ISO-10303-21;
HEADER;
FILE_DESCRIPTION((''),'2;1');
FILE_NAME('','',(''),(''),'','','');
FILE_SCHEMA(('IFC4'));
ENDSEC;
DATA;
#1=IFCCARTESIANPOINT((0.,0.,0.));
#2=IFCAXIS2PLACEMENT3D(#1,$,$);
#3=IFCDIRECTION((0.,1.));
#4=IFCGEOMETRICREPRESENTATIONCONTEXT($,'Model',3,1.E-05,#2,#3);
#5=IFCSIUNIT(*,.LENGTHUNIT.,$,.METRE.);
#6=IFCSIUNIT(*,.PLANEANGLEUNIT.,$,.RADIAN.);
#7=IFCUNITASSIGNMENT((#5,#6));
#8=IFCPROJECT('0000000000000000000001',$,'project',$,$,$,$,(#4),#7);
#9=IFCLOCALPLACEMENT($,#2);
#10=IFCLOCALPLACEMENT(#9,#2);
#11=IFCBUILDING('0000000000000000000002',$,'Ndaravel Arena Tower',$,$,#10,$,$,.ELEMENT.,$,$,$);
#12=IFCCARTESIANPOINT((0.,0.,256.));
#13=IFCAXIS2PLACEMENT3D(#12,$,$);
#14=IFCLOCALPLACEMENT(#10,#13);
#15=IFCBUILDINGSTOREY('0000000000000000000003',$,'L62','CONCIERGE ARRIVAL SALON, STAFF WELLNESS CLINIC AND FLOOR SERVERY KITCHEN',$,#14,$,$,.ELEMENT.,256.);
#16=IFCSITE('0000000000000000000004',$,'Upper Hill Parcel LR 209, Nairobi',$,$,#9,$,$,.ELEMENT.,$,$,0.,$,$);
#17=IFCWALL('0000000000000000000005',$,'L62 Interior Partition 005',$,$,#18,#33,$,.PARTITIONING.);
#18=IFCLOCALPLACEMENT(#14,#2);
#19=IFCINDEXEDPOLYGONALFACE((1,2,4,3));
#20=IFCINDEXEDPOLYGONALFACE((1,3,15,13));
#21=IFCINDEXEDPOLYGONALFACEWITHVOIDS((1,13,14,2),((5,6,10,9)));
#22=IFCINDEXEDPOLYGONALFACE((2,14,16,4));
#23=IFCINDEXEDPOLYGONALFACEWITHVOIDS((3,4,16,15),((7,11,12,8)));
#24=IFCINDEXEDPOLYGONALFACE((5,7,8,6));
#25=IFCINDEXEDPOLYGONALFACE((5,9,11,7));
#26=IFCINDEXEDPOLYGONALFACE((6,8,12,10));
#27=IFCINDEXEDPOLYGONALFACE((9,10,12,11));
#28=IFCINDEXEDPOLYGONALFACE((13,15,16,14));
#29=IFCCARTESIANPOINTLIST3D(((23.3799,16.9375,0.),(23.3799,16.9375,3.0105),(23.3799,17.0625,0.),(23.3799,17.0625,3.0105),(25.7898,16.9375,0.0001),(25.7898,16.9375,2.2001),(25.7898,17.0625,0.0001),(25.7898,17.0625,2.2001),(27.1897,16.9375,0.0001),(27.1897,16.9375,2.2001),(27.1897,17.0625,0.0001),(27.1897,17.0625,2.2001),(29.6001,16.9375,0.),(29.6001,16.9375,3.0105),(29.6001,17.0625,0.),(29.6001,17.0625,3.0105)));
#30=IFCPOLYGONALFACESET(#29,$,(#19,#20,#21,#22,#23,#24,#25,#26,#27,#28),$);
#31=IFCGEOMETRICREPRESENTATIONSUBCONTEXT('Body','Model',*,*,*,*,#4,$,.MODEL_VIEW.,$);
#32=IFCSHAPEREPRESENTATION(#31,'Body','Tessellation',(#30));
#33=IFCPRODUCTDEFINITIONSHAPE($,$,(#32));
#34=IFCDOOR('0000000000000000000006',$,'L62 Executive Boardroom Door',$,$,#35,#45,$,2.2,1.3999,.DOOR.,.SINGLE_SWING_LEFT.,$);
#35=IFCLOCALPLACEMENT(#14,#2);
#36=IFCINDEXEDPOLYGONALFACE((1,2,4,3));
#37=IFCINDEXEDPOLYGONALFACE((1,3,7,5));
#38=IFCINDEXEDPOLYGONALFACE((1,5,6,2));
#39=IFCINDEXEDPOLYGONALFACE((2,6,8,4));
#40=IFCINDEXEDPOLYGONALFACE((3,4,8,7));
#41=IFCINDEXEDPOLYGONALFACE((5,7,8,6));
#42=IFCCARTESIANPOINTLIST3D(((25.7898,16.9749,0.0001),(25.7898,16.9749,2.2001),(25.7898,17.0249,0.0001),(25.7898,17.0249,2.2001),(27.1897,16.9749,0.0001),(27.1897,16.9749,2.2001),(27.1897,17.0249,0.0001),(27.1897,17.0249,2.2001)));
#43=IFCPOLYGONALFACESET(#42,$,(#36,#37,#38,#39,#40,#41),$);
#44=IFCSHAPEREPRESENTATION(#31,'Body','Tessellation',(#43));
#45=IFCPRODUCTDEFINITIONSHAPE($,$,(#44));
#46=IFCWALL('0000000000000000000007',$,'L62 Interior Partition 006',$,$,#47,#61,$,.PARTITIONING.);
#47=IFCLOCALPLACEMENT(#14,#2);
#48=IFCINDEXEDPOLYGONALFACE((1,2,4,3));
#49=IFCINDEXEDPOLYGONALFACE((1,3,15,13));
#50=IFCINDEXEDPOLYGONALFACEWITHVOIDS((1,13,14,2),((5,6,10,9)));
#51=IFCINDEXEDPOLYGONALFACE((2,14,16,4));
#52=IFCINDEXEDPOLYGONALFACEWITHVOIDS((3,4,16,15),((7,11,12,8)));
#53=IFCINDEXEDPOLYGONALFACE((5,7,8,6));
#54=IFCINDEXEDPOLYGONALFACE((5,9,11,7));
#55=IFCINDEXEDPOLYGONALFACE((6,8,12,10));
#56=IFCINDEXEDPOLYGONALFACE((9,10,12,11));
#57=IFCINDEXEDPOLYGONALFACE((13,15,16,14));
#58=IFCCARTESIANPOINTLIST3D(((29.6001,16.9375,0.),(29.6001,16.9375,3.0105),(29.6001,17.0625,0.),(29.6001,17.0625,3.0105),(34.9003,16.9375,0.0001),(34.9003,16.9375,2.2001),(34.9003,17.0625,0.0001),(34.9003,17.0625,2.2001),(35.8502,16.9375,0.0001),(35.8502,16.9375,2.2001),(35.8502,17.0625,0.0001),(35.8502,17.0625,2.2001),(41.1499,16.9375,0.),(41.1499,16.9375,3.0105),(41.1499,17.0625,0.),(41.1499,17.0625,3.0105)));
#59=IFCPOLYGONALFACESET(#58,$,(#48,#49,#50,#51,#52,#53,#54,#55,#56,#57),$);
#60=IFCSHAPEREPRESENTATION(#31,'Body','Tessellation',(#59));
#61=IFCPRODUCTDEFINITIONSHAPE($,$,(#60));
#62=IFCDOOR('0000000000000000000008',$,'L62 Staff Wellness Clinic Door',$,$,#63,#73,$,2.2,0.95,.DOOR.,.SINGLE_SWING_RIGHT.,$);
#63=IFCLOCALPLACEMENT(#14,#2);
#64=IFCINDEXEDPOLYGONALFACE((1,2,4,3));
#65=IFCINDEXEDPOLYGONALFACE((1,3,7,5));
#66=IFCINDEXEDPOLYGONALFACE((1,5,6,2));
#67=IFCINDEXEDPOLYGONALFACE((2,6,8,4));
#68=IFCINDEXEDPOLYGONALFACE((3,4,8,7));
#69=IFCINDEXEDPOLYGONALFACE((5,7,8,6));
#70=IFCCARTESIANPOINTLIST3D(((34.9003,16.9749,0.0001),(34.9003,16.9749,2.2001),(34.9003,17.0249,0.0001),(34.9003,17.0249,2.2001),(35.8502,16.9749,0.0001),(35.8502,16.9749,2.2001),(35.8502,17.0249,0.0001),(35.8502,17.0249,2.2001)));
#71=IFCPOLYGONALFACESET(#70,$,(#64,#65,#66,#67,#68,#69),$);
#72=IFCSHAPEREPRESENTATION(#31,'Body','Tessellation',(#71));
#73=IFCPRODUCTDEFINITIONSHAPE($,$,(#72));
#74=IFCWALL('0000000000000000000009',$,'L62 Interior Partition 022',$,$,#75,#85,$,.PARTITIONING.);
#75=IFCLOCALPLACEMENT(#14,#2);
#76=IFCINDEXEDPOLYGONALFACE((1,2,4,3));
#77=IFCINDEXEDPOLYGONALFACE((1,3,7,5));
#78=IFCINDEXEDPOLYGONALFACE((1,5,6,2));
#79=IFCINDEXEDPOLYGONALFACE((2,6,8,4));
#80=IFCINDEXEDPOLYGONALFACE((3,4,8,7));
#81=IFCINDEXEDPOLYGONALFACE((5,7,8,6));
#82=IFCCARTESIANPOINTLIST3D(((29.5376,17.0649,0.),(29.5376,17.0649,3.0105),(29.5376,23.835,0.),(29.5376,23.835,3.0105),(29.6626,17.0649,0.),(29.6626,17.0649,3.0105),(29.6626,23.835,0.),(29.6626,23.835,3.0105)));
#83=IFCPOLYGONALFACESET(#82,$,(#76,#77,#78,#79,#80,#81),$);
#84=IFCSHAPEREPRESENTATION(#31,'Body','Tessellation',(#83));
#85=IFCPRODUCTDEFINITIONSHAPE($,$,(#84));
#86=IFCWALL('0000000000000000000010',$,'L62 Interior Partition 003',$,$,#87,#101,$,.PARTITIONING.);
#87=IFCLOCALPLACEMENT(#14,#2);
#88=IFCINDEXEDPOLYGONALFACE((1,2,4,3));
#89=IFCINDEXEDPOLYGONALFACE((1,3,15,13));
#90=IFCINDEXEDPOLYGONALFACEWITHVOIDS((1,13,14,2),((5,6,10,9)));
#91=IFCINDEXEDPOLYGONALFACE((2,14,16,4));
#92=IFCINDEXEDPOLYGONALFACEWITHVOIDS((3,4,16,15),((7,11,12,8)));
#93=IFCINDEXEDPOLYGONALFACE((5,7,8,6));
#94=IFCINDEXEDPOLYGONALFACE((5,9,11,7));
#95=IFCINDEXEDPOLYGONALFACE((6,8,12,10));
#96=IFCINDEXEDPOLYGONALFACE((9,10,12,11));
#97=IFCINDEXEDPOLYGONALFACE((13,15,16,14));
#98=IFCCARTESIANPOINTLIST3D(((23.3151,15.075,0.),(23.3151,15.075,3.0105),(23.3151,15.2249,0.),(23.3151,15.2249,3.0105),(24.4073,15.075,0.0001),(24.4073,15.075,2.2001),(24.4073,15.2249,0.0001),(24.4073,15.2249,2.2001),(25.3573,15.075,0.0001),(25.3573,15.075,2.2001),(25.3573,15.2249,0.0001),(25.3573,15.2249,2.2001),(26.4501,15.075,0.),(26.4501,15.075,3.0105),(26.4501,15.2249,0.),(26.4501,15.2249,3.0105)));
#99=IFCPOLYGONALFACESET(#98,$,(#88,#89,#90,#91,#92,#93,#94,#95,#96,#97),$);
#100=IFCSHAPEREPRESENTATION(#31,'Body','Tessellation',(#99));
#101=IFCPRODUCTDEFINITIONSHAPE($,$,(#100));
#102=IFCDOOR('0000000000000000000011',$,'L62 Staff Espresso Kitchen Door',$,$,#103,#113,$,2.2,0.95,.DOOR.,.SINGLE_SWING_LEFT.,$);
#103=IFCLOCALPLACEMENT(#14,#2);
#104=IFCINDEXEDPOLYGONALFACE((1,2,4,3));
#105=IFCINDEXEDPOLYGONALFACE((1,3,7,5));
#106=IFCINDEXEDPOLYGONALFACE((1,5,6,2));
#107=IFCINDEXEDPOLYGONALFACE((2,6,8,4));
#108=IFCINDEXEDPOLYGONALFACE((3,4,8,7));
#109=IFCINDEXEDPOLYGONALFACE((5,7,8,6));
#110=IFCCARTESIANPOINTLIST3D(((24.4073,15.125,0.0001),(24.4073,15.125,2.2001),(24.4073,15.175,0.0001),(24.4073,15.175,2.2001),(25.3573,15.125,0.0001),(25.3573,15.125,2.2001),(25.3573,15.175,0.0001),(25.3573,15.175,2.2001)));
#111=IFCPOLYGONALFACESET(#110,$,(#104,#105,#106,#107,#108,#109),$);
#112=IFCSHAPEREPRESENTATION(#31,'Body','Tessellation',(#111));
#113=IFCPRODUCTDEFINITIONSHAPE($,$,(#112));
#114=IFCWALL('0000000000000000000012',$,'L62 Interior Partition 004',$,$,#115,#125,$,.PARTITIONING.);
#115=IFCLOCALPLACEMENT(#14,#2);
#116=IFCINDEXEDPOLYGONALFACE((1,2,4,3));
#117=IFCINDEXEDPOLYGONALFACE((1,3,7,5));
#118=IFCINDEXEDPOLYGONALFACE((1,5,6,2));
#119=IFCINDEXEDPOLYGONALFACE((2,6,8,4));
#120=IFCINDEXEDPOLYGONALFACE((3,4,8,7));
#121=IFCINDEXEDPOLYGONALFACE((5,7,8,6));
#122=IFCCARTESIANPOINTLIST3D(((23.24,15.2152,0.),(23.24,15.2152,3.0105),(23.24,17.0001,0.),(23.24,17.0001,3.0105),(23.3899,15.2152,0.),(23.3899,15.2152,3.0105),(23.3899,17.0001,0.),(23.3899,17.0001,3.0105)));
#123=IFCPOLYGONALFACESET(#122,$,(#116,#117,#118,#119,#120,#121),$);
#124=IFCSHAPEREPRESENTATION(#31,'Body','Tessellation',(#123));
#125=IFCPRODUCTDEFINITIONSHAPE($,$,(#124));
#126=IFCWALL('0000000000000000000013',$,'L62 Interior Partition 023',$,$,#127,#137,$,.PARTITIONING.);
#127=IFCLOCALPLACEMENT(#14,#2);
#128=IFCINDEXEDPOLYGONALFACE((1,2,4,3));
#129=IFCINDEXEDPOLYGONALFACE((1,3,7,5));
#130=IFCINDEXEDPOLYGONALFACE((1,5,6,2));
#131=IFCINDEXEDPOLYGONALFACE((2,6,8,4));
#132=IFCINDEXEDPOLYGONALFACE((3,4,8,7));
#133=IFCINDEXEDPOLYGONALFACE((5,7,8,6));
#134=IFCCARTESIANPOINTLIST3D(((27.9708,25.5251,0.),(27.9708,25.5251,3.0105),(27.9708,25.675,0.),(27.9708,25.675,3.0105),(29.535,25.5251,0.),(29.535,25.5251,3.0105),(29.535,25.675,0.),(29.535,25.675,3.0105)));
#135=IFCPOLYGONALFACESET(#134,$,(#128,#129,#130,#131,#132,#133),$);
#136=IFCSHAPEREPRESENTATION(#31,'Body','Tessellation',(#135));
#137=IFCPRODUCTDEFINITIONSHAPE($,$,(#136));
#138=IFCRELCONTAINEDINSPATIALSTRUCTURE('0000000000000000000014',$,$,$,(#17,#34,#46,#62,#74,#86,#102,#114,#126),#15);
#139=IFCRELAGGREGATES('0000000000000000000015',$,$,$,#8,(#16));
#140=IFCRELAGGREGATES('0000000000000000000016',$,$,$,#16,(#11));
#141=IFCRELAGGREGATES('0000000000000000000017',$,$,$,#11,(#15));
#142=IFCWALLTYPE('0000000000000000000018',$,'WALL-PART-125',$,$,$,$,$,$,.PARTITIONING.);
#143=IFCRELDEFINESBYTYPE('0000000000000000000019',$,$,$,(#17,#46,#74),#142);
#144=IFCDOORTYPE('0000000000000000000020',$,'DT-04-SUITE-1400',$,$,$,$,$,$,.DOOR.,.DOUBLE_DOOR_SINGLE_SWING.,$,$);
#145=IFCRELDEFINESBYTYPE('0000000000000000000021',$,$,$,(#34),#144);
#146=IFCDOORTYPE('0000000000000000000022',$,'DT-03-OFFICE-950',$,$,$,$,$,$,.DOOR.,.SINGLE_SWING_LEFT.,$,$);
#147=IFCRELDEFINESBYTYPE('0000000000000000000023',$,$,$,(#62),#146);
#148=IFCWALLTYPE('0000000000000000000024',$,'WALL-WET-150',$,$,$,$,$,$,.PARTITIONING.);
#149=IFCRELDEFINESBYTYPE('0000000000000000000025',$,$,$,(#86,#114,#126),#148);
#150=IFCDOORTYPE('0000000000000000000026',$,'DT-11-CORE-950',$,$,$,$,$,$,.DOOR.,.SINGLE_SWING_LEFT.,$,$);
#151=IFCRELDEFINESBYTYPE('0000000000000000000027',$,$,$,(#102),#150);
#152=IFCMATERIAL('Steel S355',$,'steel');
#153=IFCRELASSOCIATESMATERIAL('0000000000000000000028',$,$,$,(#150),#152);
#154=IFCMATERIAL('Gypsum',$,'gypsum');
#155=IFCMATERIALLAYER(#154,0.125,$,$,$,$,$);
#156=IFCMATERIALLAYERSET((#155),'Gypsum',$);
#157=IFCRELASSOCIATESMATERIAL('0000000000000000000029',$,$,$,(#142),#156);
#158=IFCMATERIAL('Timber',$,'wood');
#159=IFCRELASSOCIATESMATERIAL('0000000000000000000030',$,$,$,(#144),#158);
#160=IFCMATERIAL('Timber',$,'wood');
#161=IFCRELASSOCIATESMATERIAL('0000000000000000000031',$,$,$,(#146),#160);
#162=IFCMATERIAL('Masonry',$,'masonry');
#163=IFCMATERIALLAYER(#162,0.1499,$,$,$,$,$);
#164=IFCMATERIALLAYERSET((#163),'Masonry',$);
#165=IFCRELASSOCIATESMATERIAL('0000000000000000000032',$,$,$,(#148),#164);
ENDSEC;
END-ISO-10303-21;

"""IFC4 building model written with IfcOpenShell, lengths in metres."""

from ifc_helpers import new_model, si_unit, direction, frame, frame_2d, origin, place, context, subcontext, project, spatial, rectangle, extrude, material, layer, layer_set, type_object, element, fill, save


model = new_model("IFC4")

# Units and contexts
model_context = context("Model", 3, precision=1e-05, world=origin(), true_north=direction((0.0, 1.0)))
body_context = subcontext(model_context, "Body", "Model", "MODEL_VIEW")
ifc_project = project(units=[si_unit("LENGTHUNIT", "METRE"), si_unit("PLANEANGLEUNIT", "RADIAN")], contexts=[model_context])

# Site, building, storey
site_placement = place(None, origin())
site = spatial("IfcSite", under=ifc_project, at=site_placement, Name="Upper Hill Parcel LR 209, Nairobi", CompositionType="ELEMENT", RefElevation=0.0)
building_placement = place(site_placement, origin())
building = spatial("IfcBuilding", under=site, at=building_placement, Name="Ndaravel Arena Tower", CompositionType="ELEMENT")
storey_placement = place(building_placement, frame((0.0, 0.0, 256.0)))
storey = spatial("IfcBuildingStorey", under=building, at=storey_placement, Name="L62", Description="CONCIERGE ARRIVAL SALON, STAFF WELLNESS CLINIC AND FLOOR SERVERY KITCHEN", CompositionType="ELEMENT", Elevation=256.0)

# Shared definitions
ifc_material_1 = material(Name="Steel S355", Category="steel")
door_type_1 = type_object("IfcDoorType", Name="DT-11-CORE-950", OperationType="SINGLE_SWING_LEFT", PredefinedType="DOOR", material=ifc_material_1)

# Walls, openings, doors
ifc_material_2 = material(Name="Gypsum", Category="gypsum")
ifc_layer_1 = layer(ifc_material_2, 0.125)
ifc_layer_set_1 = layer_set([ifc_layer_1], Name="Gypsum")
wall_type_1 = type_object("IfcWallType", Name="WALL-PART-125", PredefinedType="PARTITIONING", material=ifc_layer_set_1)
wall_1_placement = place(storey_placement, frame((23.3799, 17.0, 0.0), z_axis=(0.0, 0.0, 1.0), x_axis=(1.0, 0.0, 0.0)))
wall_1 = element("IfcWall", 1, at=wall_1_placement, inside=storey, type_object=wall_type_1, Name="L62 Interior Partition 005", PredefinedType="PARTITIONING", context=body_context, shape_type="SweptSolid", body=[
    extrude(rectangle(XDim=6.2202, YDim=0.125, at=frame_2d((3.1101, 0.0))), origin(), (0.0, 0.0, 1.0), 3.0105),
])
opening_1_placement = place(wall_1_placement, frame((2.4099, 0.0, 0.0)))
opening_1 = element("IfcOpeningElement", 2, at=opening_1_placement, cuts=wall_1, PredefinedType="OPENING", context=body_context, shape_type="SweptSolid", body=[
    extrude(rectangle(XDim=1.3999, YDim=2.2, at=frame_2d((0.7, 1.1001))), frame((0.0, 0.0625, 0.0), z_axis=(0.0, -1.0, 0.0), x_axis=(1.0, 0.0, 0.0)), (0.0, 0.0, 1.0), 0.125),
])
ifc_material_3 = material(Name="Timber", Category="wood")
door_type_2 = type_object("IfcDoorType", Name="DT-04-SUITE-1400", OperationType="DOUBLE_DOOR_SINGLE_SWING", PredefinedType="DOOR", material=ifc_material_3)
door_1_placement = place(opening_1_placement, origin())
door_1 = element("IfcDoor", 3, at=door_1_placement, inside=storey, type_object=door_type_2, Name="L62 Executive Boardroom Door", OperationType="SINGLE_SWING_LEFT", OverallHeight=2.2, OverallWidth=1.3999, PredefinedType="DOOR", context=body_context, shape_type="SweptSolid", body=[
    extrude(rectangle(XDim=1.3999, YDim=2.2, at=frame_2d((0.7, 1.1001))), frame((0.0, 0.0249, 0.0), z_axis=(0.0, -1.0, 0.0), x_axis=(1.0, 0.0, 0.0)), (0.0, 0.0, 1.0), 0.05),
])
fill(opening_1, door_1)
wall_2_placement = place(storey_placement, frame((29.6001, 17.0, 0.0), z_axis=(0.0, 0.0, 1.0), x_axis=(1.0, 0.0, 0.0)))
wall_2 = element("IfcWall", 4, at=wall_2_placement, inside=storey, type_object=wall_type_1, Name="L62 Interior Partition 006", PredefinedType="PARTITIONING", context=body_context, shape_type="SweptSolid", body=[
    extrude(rectangle(XDim=11.5498, YDim=0.125, at=frame_2d((5.7749, 0.0))), origin(), (0.0, 0.0, 1.0), 3.0105),
])
opening_2_placement = place(wall_2_placement, frame((5.3, 0.0, 0.0)))
opening_2 = element("IfcOpeningElement", 5, at=opening_2_placement, cuts=wall_2, PredefinedType="OPENING", context=body_context, shape_type="SweptSolid", body=[
    extrude(rectangle(XDim=0.95, YDim=2.2, at=frame_2d((0.4751, 1.1001))), frame((0.0, 0.0625, 0.0), z_axis=(0.0, -1.0, 0.0), x_axis=(1.0, 0.0, 0.0)), (0.0, 0.0, 1.0), 0.125),
])
ifc_material_4 = material(Name="Timber", Category="wood")
door_type_3 = type_object("IfcDoorType", Name="DT-03-OFFICE-950", OperationType="SINGLE_SWING_LEFT", PredefinedType="DOOR", material=ifc_material_4)
door_2_placement = place(opening_2_placement, origin())
door_2 = element("IfcDoor", 6, at=door_2_placement, inside=storey, type_object=door_type_3, Name="L62 Staff Wellness Clinic Door", OperationType="SINGLE_SWING_RIGHT", OverallHeight=2.2, OverallWidth=0.95, PredefinedType="DOOR", context=body_context, shape_type="SweptSolid", body=[
    extrude(rectangle(XDim=0.95, YDim=2.2, at=frame_2d((0.4751, 1.1001))), frame((0.0, 0.0249, 0.0), z_axis=(0.0, -1.0, 0.0), x_axis=(1.0, 0.0, 0.0)), (0.0, 0.0, 1.0), 0.05),
])
fill(opening_2, door_2)

# Wall
wall_3_placement = place(storey_placement, frame((29.6001, 23.835, 0.0), z_axis=(0.0, 0.0, 1.0), x_axis=(0.0, -1.0, 0.0)))
element("IfcWall", 7, at=wall_3_placement, inside=storey, type_object=wall_type_1, Name="L62 Interior Partition 022", PredefinedType="PARTITIONING", context=body_context, shape_type="SweptSolid", body=[
    extrude(rectangle(XDim=6.77, YDim=0.125, at=frame_2d((3.385, 0.0))), origin(), (0.0, 0.0, 1.0), 3.0105),
])

# Wall, opening, door
ifc_material_5 = material(Name="Masonry", Category="masonry")
ifc_layer_2 = layer(ifc_material_5, 0.1499)
ifc_layer_set_2 = layer_set([ifc_layer_2], Name="Masonry")
wall_type_2 = type_object("IfcWallType", Name="WALL-WET-150", PredefinedType="PARTITIONING", material=ifc_layer_set_2)
wall_4_placement = place(storey_placement, frame((26.45, 15.1499, 0.0), z_axis=(0.0, 0.0, 1.0), x_axis=(-1.0, 0.0, 0.0)))
wall_4 = element("IfcWall", 8, at=wall_4_placement, inside=storey, type_object=wall_type_2, Name="L62 Interior Partition 003", PredefinedType="PARTITIONING", context=body_context, shape_type="SweptSolid", body=[
    extrude(rectangle(XDim=3.135, YDim=0.1499, at=frame_2d((1.5674, 0.0))), origin(), (0.0, 0.0, 1.0), 3.0105),
])
opening_3_placement = place(wall_4_placement, frame((1.0925, 0.0, 0.0)))
opening_3 = element("IfcOpeningElement", 9, at=opening_3_placement, cuts=wall_4, PredefinedType="OPENING", context=body_context, shape_type="SweptSolid", body=[
    extrude(rectangle(XDim=0.95, YDim=2.2, at=frame_2d((0.4751, 1.1001))), frame((0.0, 0.075, 0.0), z_axis=(0.0, -1.0, 0.0), x_axis=(1.0, 0.0, 0.0)), (0.0, 0.0, 1.0), 0.1499),
])
door_3_placement = place(opening_3_placement, origin())
door_3 = element("IfcDoor", 10, at=door_3_placement, inside=storey, type_object=door_type_1, Name="L62 Staff Espresso Kitchen Door", OperationType="SINGLE_SWING_LEFT", OverallHeight=2.2, OverallWidth=0.95, PredefinedType="DOOR", context=body_context, shape_type="SweptSolid", body=[
    extrude(rectangle(XDim=0.95, YDim=2.2, at=frame_2d((0.4751, 1.1001))), frame((0.0, 0.0249, 0.0), z_axis=(0.0, -1.0, 0.0), x_axis=(1.0, 0.0, 0.0)), (0.0, 0.0, 1.0), 0.05),
])
fill(opening_3, door_3)

# Walls
wall_5_placement = place(storey_placement, frame((23.3149, 15.2151, 0.0), z_axis=(0.0, 0.0, 1.0), x_axis=(0.0, 1.0, 0.0)))
element("IfcWall", 11, at=wall_5_placement, inside=storey, type_object=wall_type_2, Name="L62 Interior Partition 004", PredefinedType="PARTITIONING", context=body_context, shape_type="SweptSolid", body=[
    extrude(rectangle(XDim=1.7849, YDim=0.1499, at=frame_2d((0.8926, 0.0))), origin(), (0.0, 0.0, 1.0), 3.0105),
])
wall_6_placement = place(storey_placement, frame((27.9707, 25.6001, 0.0), z_axis=(0.0, 0.0, 1.0), x_axis=(1.0, 0.0, 0.0)))
element("IfcWall", 12, at=wall_6_placement, inside=storey, type_object=wall_type_2, Name="L62 Interior Partition 023", PredefinedType="PARTITIONING", context=body_context, shape_type="SweptSolid", body=[
    extrude(rectangle(XDim=1.5642, YDim=0.1499, at=frame_2d((0.7822, 0.0))), origin(), (0.0, 0.0, 1.0), 3.0105),
])

save(model, "model.ifc")
